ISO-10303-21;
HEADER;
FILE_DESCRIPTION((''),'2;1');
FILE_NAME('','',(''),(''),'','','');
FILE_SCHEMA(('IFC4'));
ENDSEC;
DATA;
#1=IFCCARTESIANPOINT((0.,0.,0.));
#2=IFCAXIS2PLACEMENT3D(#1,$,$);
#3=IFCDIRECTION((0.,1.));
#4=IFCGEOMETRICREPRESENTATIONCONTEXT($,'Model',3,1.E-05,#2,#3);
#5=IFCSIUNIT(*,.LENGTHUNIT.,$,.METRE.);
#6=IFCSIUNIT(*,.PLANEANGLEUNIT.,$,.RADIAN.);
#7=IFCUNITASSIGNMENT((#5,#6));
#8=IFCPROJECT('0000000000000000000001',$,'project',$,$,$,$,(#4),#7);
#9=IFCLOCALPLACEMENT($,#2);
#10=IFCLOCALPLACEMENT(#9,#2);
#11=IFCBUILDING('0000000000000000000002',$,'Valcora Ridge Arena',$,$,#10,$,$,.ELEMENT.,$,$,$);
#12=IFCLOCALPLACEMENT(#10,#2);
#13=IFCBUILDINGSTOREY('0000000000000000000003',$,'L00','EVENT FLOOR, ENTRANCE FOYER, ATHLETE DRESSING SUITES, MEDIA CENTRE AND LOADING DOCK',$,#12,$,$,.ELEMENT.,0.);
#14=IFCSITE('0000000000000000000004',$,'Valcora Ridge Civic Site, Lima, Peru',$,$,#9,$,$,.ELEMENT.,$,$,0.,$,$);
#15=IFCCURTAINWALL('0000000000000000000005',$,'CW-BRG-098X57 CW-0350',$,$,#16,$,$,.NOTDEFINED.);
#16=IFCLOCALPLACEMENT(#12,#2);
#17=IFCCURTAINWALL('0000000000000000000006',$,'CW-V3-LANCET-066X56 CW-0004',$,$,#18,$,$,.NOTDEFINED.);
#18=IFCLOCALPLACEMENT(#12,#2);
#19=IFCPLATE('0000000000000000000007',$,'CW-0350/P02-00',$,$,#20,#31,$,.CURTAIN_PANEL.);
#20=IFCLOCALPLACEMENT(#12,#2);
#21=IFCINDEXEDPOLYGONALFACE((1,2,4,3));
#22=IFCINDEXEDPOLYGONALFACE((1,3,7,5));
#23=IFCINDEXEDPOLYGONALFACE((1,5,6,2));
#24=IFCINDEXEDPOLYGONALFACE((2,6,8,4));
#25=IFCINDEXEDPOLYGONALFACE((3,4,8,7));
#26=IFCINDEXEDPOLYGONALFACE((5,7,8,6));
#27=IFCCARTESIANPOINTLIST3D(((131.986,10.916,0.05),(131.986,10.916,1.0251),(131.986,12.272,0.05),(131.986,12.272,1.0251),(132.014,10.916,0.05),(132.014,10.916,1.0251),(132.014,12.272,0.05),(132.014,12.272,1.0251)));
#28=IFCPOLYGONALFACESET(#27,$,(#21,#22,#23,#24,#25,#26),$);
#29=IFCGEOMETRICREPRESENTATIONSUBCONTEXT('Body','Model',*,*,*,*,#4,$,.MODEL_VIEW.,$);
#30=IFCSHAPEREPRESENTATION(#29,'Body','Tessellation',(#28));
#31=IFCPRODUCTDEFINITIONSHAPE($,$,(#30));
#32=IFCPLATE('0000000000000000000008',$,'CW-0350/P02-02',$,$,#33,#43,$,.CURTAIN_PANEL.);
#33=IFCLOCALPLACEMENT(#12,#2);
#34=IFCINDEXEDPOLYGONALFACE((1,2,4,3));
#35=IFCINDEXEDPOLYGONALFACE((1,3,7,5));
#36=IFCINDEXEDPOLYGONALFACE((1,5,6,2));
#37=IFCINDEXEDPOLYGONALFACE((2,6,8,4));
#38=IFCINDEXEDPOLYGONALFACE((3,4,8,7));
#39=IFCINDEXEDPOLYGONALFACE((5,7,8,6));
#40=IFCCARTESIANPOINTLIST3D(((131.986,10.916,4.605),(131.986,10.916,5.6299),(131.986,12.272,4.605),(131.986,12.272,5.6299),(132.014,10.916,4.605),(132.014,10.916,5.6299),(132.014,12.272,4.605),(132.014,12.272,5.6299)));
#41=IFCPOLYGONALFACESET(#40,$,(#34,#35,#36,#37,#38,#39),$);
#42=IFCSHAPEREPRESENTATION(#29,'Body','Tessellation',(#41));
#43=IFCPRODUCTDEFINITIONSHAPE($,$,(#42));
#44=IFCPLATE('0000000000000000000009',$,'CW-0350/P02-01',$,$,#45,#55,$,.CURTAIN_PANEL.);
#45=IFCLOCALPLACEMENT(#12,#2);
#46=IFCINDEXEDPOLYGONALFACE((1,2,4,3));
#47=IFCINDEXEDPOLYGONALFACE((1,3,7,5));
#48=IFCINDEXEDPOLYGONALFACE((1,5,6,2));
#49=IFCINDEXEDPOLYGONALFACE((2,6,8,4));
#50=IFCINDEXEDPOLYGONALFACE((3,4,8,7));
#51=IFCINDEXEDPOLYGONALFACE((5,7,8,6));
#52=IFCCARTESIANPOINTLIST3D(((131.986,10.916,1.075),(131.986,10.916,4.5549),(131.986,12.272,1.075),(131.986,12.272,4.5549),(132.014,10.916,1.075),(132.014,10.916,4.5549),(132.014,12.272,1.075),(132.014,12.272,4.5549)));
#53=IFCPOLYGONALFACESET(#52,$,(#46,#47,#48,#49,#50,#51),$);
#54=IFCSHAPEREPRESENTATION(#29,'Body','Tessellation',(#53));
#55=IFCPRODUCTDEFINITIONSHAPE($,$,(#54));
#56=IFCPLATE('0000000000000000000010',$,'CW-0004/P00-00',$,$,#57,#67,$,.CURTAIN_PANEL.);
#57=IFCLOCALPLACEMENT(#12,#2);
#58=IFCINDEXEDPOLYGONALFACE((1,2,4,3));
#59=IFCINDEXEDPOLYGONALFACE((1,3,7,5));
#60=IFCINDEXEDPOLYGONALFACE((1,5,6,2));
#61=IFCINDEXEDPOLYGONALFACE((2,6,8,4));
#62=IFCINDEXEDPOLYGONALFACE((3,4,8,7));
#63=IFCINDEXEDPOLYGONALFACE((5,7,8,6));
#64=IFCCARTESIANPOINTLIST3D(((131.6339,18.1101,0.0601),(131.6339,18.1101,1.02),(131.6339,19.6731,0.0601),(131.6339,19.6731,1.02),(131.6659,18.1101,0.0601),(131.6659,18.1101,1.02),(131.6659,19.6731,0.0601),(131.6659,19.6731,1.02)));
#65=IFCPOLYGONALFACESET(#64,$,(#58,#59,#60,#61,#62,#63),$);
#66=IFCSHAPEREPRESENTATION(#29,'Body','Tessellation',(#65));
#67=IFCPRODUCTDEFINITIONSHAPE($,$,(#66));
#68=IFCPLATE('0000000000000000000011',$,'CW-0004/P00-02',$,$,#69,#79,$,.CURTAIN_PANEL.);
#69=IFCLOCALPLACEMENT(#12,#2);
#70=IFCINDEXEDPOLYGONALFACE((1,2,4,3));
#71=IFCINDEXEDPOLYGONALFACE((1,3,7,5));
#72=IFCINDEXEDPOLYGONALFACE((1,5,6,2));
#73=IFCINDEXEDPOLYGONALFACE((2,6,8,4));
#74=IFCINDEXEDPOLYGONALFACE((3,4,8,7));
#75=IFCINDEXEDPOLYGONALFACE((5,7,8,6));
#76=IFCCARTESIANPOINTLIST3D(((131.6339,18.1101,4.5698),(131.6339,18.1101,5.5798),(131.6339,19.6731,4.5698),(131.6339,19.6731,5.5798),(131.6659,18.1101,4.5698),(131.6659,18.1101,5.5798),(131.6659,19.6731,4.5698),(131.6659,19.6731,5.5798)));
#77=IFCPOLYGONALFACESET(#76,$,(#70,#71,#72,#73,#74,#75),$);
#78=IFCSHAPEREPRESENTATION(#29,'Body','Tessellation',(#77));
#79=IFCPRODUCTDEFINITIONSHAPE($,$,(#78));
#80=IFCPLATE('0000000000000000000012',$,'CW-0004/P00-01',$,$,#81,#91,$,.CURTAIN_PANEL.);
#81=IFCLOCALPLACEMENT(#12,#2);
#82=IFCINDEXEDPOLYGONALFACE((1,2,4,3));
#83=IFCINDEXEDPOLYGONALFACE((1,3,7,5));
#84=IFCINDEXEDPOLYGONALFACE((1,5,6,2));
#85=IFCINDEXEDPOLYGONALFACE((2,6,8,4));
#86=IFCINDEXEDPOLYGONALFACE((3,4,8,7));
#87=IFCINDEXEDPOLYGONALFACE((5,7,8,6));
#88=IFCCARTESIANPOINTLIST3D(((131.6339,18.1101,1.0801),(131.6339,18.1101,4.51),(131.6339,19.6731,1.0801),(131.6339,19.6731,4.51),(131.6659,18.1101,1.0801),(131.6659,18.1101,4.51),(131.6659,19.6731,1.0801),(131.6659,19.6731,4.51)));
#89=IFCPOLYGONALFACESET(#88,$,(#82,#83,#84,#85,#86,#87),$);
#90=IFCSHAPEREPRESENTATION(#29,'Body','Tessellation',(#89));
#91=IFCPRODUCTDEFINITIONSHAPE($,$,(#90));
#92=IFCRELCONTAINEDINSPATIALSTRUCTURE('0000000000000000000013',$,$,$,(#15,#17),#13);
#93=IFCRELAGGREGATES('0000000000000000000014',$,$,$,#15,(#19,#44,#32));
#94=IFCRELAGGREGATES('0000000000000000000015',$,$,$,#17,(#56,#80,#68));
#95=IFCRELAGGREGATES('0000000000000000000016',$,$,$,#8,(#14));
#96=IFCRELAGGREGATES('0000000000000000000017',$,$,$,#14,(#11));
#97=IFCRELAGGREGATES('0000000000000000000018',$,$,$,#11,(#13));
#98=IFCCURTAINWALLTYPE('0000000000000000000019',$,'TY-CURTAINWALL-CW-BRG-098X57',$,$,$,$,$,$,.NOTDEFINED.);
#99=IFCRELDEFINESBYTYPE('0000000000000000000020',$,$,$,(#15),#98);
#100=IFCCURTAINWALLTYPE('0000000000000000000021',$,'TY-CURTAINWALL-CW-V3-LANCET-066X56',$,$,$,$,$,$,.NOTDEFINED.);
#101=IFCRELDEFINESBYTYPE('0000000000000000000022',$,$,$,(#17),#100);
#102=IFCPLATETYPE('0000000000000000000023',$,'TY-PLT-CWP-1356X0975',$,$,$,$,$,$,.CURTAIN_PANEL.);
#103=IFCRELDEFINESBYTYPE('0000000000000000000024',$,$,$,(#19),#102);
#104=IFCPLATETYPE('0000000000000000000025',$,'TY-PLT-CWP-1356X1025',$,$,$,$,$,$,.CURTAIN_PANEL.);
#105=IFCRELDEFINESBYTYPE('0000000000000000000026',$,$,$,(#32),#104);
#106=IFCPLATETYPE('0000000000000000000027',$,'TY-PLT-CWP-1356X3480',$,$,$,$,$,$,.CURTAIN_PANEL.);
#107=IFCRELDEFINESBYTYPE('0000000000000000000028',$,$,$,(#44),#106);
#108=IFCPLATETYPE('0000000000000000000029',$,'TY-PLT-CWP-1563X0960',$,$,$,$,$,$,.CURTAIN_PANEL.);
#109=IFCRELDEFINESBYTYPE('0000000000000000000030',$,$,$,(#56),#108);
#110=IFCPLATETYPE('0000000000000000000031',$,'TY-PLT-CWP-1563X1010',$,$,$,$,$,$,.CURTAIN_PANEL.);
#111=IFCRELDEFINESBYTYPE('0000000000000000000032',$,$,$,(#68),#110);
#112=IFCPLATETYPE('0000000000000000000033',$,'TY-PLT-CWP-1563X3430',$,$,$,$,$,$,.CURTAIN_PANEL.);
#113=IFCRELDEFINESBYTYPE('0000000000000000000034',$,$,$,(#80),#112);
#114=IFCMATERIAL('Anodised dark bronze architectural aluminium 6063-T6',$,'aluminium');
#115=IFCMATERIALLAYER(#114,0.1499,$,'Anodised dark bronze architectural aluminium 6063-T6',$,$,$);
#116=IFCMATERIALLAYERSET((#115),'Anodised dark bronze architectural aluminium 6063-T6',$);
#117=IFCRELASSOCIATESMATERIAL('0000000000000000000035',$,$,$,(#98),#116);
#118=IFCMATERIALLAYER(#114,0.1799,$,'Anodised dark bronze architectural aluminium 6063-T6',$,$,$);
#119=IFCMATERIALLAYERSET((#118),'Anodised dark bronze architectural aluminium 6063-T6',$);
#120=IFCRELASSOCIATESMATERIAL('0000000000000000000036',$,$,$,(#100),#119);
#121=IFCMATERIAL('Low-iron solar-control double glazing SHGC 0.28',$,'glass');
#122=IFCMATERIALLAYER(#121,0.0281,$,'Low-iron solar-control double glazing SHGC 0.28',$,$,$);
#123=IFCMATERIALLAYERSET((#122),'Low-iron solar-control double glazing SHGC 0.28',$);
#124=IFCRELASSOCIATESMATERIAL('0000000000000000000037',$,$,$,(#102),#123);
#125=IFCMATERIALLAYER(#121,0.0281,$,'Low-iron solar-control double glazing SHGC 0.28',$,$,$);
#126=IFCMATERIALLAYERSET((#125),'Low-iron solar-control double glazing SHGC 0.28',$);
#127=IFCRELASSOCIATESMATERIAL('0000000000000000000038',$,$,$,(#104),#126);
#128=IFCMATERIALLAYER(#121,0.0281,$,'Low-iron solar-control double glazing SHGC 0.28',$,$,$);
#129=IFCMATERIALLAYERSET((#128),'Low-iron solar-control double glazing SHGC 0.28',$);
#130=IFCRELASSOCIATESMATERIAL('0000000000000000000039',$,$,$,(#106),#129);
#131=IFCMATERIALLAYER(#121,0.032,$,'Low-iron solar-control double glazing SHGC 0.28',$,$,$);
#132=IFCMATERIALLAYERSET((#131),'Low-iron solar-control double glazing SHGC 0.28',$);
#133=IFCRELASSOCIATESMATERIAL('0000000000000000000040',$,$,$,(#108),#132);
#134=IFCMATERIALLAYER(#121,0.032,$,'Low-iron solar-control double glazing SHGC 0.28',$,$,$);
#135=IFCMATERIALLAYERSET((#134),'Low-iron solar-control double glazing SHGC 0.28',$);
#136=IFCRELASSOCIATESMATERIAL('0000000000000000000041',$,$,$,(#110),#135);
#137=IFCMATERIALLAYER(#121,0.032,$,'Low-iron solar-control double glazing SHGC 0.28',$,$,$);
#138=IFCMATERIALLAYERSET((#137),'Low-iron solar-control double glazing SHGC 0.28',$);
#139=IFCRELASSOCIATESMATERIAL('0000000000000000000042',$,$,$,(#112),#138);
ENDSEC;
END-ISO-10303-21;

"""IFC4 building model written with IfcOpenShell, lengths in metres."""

from ifc_helpers import new_model, si_unit, direction, frame, origin, origin_2d, place, context, subcontext, project, spatial, rectangle, extrude, material, layer, layer_set, type_object, element, aggregate, save


model = new_model("IFC4")

# Units and contexts
model_context = context("Model", 3, precision=1e-05, world=origin(), true_north=direction((0.0, 1.0)))
body_context = subcontext(model_context, "Body", "Model", "MODEL_VIEW")
ifc_project = project(units=[si_unit("LENGTHUNIT", "METRE"), si_unit("PLANEANGLEUNIT", "RADIAN")], contexts=[model_context])

# Site, building, storey
site_placement = place(None, origin())
site = spatial("IfcSite", under=ifc_project, at=site_placement, Name="Valcora Ridge Civic Site, Lima, Peru", CompositionType="ELEMENT", RefElevation=0.0)
building_placement = place(site_placement, origin())
building = spatial("IfcBuilding", under=site, at=building_placement, Name="Valcora Ridge Arena", CompositionType="ELEMENT")
storey_placement = place(building_placement, origin())
storey = spatial("IfcBuildingStorey", under=building, at=storey_placement, Name="L00", Description="EVENT FLOOR, ENTRANCE FOYER, ATHLETE DRESSING SUITES, MEDIA CENTRE AND LOADING DOCK", CompositionType="ELEMENT", Elevation=0.0)

# Curtain walls
ifc_material_1 = material(Name="Anodised dark bronze architectural aluminium 6063-T6", Category="aluminium")
ifc_layer_1 = layer(ifc_material_1, 0.1499, Name="Anodised dark bronze architectural aluminium 6063-T6")
ifc_layer_set_1 = layer_set([ifc_layer_1], Name="Anodised dark bronze architectural aluminium 6063-T6")
curtain_wall_type_1 = type_object("IfcCurtainWallType", Name="TY-CURTAINWALL-CW-BRG-098X57", PredefinedType="NOTDEFINED", material=ifc_layer_set_1)
curtain_wall_1_placement = place(storey_placement, origin())
curtain_wall_1 = element("IfcCurtainWall", 1, at=curtain_wall_1_placement, inside=storey, type_object=curtain_wall_type_1, Name="CW-BRG-098X57 CW-0350", PredefinedType="NOTDEFINED")
ifc_layer_2 = layer(ifc_material_1, 0.1799, Name="Anodised dark bronze architectural aluminium 6063-T6")
ifc_layer_set_2 = layer_set([ifc_layer_2], Name="Anodised dark bronze architectural aluminium 6063-T6")
curtain_wall_type_2 = type_object("IfcCurtainWallType", Name="TY-CURTAINWALL-CW-V3-LANCET-066X56", PredefinedType="NOTDEFINED", material=ifc_layer_set_2)
curtain_wall_2_placement = place(storey_placement, origin())
curtain_wall_2 = element("IfcCurtainWall", 2, at=curtain_wall_2_placement, inside=storey, type_object=curtain_wall_type_2, Name="CW-V3-LANCET-066X56 CW-0004", PredefinedType="NOTDEFINED")

# Plates
ifc_material_2 = material(Name="Low-iron solar-control double glazing SHGC 0.28", Category="glass")
ifc_layer_3 = layer(ifc_material_2, 0.0281, Name="Low-iron solar-control double glazing SHGC 0.28")
ifc_layer_set_3 = layer_set([ifc_layer_3], Name="Low-iron solar-control double glazing SHGC 0.28")
plate_type_1 = type_object("IfcPlateType", Name="TY-PLT-CWP-1356X0975", PredefinedType="CURTAIN_PANEL", material=ifc_layer_set_3)
plate_1_placement = place(storey_placement, frame((132.0, 11.594, 0.05), z_axis=(0.0, 0.0, 1.0), x_axis=(0.0, 1.0, 0.0)))
plate_1 = element("IfcPlate", 3, at=plate_1_placement, type_object=plate_type_1, Name="CW-0350/P02-00", PredefinedType="CURTAIN_PANEL", context=body_context, shape_type="SweptSolid", body=[
    extrude(rectangle(XDim=1.356, YDim=0.0281, at=origin_2d()), origin(), (0.0, 0.0, 1.0), 0.9751),
])
ifc_layer_4 = layer(ifc_material_2, 0.0281, Name="Low-iron solar-control double glazing SHGC 0.28")
ifc_layer_set_4 = layer_set([ifc_layer_4], Name="Low-iron solar-control double glazing SHGC 0.28")
plate_type_2 = type_object("IfcPlateType", Name="TY-PLT-CWP-1356X1025", PredefinedType="CURTAIN_PANEL", material=ifc_layer_set_4)
plate_2_placement = place(storey_placement, frame((132.0, 11.594, 4.605), z_axis=(0.0, 0.0, 1.0), x_axis=(0.0, 1.0, 0.0)))
plate_2 = element("IfcPlate", 4, at=plate_2_placement, type_object=plate_type_2, Name="CW-0350/P02-02", PredefinedType="CURTAIN_PANEL", context=body_context, shape_type="SweptSolid", body=[
    extrude(rectangle(XDim=1.356, YDim=0.0281, at=origin_2d()), origin(), (0.0, 0.0, 1.0), 1.0249),
])
ifc_layer_5 = layer(ifc_material_2, 0.0281, Name="Low-iron solar-control double glazing SHGC 0.28")
ifc_layer_set_5 = layer_set([ifc_layer_5], Name="Low-iron solar-control double glazing SHGC 0.28")
plate_type_3 = type_object("IfcPlateType", Name="TY-PLT-CWP-1356X3480", PredefinedType="CURTAIN_PANEL", material=ifc_layer_set_5)
plate_3_placement = place(storey_placement, frame((132.0, 11.594, 1.075), z_axis=(0.0, 0.0, 1.0), x_axis=(0.0, 1.0, 0.0)))
plate_3 = element("IfcPlate", 5, at=plate_3_placement, type_object=plate_type_3, Name="CW-0350/P02-01", PredefinedType="CURTAIN_PANEL", context=body_context, shape_type="SweptSolid", body=[
    extrude(rectangle(XDim=1.356, YDim=0.0281, at=origin_2d()), origin(), (0.0, 0.0, 1.0), 3.48),
])
aggregate(curtain_wall_1, [plate_1, plate_3, plate_2])
ifc_layer_6 = layer(ifc_material_2, 0.032, Name="Low-iron solar-control double glazing SHGC 0.28")
ifc_layer_set_6 = layer_set([ifc_layer_6], Name="Low-iron solar-control double glazing SHGC 0.28")
plate_type_4 = type_object("IfcPlateType", Name="TY-PLT-CWP-1563X0960", PredefinedType="CURTAIN_PANEL", material=ifc_layer_set_6)
plate_4_placement = place(storey_placement, frame((131.6499, 18.8916, 0.0601), z_axis=(0.0, 0.0, 1.0), x_axis=(0.0, 1.0, 0.0)))
plate_4 = element("IfcPlate", 6, at=plate_4_placement, type_object=plate_type_4, Name="CW-0004/P00-00", PredefinedType="CURTAIN_PANEL", context=body_context, shape_type="SweptSolid", body=[
    extrude(rectangle(XDim=1.563, YDim=0.032, at=origin_2d()), origin(), (0.0, 0.0, 1.0), 0.96),
])
ifc_layer_7 = layer(ifc_material_2, 0.032, Name="Low-iron solar-control double glazing SHGC 0.28")
ifc_layer_set_7 = layer_set([ifc_layer_7], Name="Low-iron solar-control double glazing SHGC 0.28")
plate_type_5 = type_object("IfcPlateType", Name="TY-PLT-CWP-1563X1010", PredefinedType="CURTAIN_PANEL", material=ifc_layer_set_7)
plate_5_placement = place(storey_placement, frame((131.6499, 18.8916, 4.5698), z_axis=(0.0, 0.0, 1.0), x_axis=(0.0, 1.0, 0.0)))
plate_5 = element("IfcPlate", 7, at=plate_5_placement, type_object=plate_type_5, Name="CW-0004/P00-02", PredefinedType="CURTAIN_PANEL", context=body_context, shape_type="SweptSolid", body=[
    extrude(rectangle(XDim=1.563, YDim=0.032, at=origin_2d()), origin(), (0.0, 0.0, 1.0), 1.01),
])
ifc_layer_8 = layer(ifc_material_2, 0.032, Name="Low-iron solar-control double glazing SHGC 0.28")
ifc_layer_set_8 = layer_set([ifc_layer_8], Name="Low-iron solar-control double glazing SHGC 0.28")
plate_type_6 = type_object("IfcPlateType", Name="TY-PLT-CWP-1563X3430", PredefinedType="CURTAIN_PANEL", material=ifc_layer_set_8)
plate_6_placement = place(storey_placement, frame((131.6499, 18.8916, 1.0801), z_axis=(0.0, 0.0, 1.0), x_axis=(0.0, 1.0, 0.0)))
plate_6 = element("IfcPlate", 8, at=plate_6_placement, type_object=plate_type_6, Name="CW-0004/P00-01", PredefinedType="CURTAIN_PANEL", context=body_context, shape_type="SweptSolid", body=[
    extrude(rectangle(XDim=1.563, YDim=0.032, at=origin_2d()), origin(), (0.0, 0.0, 1.0), 3.4299),
])
aggregate(curtain_wall_2, [plate_4, plate_6, plate_5])

save(model, "model.ifc")
